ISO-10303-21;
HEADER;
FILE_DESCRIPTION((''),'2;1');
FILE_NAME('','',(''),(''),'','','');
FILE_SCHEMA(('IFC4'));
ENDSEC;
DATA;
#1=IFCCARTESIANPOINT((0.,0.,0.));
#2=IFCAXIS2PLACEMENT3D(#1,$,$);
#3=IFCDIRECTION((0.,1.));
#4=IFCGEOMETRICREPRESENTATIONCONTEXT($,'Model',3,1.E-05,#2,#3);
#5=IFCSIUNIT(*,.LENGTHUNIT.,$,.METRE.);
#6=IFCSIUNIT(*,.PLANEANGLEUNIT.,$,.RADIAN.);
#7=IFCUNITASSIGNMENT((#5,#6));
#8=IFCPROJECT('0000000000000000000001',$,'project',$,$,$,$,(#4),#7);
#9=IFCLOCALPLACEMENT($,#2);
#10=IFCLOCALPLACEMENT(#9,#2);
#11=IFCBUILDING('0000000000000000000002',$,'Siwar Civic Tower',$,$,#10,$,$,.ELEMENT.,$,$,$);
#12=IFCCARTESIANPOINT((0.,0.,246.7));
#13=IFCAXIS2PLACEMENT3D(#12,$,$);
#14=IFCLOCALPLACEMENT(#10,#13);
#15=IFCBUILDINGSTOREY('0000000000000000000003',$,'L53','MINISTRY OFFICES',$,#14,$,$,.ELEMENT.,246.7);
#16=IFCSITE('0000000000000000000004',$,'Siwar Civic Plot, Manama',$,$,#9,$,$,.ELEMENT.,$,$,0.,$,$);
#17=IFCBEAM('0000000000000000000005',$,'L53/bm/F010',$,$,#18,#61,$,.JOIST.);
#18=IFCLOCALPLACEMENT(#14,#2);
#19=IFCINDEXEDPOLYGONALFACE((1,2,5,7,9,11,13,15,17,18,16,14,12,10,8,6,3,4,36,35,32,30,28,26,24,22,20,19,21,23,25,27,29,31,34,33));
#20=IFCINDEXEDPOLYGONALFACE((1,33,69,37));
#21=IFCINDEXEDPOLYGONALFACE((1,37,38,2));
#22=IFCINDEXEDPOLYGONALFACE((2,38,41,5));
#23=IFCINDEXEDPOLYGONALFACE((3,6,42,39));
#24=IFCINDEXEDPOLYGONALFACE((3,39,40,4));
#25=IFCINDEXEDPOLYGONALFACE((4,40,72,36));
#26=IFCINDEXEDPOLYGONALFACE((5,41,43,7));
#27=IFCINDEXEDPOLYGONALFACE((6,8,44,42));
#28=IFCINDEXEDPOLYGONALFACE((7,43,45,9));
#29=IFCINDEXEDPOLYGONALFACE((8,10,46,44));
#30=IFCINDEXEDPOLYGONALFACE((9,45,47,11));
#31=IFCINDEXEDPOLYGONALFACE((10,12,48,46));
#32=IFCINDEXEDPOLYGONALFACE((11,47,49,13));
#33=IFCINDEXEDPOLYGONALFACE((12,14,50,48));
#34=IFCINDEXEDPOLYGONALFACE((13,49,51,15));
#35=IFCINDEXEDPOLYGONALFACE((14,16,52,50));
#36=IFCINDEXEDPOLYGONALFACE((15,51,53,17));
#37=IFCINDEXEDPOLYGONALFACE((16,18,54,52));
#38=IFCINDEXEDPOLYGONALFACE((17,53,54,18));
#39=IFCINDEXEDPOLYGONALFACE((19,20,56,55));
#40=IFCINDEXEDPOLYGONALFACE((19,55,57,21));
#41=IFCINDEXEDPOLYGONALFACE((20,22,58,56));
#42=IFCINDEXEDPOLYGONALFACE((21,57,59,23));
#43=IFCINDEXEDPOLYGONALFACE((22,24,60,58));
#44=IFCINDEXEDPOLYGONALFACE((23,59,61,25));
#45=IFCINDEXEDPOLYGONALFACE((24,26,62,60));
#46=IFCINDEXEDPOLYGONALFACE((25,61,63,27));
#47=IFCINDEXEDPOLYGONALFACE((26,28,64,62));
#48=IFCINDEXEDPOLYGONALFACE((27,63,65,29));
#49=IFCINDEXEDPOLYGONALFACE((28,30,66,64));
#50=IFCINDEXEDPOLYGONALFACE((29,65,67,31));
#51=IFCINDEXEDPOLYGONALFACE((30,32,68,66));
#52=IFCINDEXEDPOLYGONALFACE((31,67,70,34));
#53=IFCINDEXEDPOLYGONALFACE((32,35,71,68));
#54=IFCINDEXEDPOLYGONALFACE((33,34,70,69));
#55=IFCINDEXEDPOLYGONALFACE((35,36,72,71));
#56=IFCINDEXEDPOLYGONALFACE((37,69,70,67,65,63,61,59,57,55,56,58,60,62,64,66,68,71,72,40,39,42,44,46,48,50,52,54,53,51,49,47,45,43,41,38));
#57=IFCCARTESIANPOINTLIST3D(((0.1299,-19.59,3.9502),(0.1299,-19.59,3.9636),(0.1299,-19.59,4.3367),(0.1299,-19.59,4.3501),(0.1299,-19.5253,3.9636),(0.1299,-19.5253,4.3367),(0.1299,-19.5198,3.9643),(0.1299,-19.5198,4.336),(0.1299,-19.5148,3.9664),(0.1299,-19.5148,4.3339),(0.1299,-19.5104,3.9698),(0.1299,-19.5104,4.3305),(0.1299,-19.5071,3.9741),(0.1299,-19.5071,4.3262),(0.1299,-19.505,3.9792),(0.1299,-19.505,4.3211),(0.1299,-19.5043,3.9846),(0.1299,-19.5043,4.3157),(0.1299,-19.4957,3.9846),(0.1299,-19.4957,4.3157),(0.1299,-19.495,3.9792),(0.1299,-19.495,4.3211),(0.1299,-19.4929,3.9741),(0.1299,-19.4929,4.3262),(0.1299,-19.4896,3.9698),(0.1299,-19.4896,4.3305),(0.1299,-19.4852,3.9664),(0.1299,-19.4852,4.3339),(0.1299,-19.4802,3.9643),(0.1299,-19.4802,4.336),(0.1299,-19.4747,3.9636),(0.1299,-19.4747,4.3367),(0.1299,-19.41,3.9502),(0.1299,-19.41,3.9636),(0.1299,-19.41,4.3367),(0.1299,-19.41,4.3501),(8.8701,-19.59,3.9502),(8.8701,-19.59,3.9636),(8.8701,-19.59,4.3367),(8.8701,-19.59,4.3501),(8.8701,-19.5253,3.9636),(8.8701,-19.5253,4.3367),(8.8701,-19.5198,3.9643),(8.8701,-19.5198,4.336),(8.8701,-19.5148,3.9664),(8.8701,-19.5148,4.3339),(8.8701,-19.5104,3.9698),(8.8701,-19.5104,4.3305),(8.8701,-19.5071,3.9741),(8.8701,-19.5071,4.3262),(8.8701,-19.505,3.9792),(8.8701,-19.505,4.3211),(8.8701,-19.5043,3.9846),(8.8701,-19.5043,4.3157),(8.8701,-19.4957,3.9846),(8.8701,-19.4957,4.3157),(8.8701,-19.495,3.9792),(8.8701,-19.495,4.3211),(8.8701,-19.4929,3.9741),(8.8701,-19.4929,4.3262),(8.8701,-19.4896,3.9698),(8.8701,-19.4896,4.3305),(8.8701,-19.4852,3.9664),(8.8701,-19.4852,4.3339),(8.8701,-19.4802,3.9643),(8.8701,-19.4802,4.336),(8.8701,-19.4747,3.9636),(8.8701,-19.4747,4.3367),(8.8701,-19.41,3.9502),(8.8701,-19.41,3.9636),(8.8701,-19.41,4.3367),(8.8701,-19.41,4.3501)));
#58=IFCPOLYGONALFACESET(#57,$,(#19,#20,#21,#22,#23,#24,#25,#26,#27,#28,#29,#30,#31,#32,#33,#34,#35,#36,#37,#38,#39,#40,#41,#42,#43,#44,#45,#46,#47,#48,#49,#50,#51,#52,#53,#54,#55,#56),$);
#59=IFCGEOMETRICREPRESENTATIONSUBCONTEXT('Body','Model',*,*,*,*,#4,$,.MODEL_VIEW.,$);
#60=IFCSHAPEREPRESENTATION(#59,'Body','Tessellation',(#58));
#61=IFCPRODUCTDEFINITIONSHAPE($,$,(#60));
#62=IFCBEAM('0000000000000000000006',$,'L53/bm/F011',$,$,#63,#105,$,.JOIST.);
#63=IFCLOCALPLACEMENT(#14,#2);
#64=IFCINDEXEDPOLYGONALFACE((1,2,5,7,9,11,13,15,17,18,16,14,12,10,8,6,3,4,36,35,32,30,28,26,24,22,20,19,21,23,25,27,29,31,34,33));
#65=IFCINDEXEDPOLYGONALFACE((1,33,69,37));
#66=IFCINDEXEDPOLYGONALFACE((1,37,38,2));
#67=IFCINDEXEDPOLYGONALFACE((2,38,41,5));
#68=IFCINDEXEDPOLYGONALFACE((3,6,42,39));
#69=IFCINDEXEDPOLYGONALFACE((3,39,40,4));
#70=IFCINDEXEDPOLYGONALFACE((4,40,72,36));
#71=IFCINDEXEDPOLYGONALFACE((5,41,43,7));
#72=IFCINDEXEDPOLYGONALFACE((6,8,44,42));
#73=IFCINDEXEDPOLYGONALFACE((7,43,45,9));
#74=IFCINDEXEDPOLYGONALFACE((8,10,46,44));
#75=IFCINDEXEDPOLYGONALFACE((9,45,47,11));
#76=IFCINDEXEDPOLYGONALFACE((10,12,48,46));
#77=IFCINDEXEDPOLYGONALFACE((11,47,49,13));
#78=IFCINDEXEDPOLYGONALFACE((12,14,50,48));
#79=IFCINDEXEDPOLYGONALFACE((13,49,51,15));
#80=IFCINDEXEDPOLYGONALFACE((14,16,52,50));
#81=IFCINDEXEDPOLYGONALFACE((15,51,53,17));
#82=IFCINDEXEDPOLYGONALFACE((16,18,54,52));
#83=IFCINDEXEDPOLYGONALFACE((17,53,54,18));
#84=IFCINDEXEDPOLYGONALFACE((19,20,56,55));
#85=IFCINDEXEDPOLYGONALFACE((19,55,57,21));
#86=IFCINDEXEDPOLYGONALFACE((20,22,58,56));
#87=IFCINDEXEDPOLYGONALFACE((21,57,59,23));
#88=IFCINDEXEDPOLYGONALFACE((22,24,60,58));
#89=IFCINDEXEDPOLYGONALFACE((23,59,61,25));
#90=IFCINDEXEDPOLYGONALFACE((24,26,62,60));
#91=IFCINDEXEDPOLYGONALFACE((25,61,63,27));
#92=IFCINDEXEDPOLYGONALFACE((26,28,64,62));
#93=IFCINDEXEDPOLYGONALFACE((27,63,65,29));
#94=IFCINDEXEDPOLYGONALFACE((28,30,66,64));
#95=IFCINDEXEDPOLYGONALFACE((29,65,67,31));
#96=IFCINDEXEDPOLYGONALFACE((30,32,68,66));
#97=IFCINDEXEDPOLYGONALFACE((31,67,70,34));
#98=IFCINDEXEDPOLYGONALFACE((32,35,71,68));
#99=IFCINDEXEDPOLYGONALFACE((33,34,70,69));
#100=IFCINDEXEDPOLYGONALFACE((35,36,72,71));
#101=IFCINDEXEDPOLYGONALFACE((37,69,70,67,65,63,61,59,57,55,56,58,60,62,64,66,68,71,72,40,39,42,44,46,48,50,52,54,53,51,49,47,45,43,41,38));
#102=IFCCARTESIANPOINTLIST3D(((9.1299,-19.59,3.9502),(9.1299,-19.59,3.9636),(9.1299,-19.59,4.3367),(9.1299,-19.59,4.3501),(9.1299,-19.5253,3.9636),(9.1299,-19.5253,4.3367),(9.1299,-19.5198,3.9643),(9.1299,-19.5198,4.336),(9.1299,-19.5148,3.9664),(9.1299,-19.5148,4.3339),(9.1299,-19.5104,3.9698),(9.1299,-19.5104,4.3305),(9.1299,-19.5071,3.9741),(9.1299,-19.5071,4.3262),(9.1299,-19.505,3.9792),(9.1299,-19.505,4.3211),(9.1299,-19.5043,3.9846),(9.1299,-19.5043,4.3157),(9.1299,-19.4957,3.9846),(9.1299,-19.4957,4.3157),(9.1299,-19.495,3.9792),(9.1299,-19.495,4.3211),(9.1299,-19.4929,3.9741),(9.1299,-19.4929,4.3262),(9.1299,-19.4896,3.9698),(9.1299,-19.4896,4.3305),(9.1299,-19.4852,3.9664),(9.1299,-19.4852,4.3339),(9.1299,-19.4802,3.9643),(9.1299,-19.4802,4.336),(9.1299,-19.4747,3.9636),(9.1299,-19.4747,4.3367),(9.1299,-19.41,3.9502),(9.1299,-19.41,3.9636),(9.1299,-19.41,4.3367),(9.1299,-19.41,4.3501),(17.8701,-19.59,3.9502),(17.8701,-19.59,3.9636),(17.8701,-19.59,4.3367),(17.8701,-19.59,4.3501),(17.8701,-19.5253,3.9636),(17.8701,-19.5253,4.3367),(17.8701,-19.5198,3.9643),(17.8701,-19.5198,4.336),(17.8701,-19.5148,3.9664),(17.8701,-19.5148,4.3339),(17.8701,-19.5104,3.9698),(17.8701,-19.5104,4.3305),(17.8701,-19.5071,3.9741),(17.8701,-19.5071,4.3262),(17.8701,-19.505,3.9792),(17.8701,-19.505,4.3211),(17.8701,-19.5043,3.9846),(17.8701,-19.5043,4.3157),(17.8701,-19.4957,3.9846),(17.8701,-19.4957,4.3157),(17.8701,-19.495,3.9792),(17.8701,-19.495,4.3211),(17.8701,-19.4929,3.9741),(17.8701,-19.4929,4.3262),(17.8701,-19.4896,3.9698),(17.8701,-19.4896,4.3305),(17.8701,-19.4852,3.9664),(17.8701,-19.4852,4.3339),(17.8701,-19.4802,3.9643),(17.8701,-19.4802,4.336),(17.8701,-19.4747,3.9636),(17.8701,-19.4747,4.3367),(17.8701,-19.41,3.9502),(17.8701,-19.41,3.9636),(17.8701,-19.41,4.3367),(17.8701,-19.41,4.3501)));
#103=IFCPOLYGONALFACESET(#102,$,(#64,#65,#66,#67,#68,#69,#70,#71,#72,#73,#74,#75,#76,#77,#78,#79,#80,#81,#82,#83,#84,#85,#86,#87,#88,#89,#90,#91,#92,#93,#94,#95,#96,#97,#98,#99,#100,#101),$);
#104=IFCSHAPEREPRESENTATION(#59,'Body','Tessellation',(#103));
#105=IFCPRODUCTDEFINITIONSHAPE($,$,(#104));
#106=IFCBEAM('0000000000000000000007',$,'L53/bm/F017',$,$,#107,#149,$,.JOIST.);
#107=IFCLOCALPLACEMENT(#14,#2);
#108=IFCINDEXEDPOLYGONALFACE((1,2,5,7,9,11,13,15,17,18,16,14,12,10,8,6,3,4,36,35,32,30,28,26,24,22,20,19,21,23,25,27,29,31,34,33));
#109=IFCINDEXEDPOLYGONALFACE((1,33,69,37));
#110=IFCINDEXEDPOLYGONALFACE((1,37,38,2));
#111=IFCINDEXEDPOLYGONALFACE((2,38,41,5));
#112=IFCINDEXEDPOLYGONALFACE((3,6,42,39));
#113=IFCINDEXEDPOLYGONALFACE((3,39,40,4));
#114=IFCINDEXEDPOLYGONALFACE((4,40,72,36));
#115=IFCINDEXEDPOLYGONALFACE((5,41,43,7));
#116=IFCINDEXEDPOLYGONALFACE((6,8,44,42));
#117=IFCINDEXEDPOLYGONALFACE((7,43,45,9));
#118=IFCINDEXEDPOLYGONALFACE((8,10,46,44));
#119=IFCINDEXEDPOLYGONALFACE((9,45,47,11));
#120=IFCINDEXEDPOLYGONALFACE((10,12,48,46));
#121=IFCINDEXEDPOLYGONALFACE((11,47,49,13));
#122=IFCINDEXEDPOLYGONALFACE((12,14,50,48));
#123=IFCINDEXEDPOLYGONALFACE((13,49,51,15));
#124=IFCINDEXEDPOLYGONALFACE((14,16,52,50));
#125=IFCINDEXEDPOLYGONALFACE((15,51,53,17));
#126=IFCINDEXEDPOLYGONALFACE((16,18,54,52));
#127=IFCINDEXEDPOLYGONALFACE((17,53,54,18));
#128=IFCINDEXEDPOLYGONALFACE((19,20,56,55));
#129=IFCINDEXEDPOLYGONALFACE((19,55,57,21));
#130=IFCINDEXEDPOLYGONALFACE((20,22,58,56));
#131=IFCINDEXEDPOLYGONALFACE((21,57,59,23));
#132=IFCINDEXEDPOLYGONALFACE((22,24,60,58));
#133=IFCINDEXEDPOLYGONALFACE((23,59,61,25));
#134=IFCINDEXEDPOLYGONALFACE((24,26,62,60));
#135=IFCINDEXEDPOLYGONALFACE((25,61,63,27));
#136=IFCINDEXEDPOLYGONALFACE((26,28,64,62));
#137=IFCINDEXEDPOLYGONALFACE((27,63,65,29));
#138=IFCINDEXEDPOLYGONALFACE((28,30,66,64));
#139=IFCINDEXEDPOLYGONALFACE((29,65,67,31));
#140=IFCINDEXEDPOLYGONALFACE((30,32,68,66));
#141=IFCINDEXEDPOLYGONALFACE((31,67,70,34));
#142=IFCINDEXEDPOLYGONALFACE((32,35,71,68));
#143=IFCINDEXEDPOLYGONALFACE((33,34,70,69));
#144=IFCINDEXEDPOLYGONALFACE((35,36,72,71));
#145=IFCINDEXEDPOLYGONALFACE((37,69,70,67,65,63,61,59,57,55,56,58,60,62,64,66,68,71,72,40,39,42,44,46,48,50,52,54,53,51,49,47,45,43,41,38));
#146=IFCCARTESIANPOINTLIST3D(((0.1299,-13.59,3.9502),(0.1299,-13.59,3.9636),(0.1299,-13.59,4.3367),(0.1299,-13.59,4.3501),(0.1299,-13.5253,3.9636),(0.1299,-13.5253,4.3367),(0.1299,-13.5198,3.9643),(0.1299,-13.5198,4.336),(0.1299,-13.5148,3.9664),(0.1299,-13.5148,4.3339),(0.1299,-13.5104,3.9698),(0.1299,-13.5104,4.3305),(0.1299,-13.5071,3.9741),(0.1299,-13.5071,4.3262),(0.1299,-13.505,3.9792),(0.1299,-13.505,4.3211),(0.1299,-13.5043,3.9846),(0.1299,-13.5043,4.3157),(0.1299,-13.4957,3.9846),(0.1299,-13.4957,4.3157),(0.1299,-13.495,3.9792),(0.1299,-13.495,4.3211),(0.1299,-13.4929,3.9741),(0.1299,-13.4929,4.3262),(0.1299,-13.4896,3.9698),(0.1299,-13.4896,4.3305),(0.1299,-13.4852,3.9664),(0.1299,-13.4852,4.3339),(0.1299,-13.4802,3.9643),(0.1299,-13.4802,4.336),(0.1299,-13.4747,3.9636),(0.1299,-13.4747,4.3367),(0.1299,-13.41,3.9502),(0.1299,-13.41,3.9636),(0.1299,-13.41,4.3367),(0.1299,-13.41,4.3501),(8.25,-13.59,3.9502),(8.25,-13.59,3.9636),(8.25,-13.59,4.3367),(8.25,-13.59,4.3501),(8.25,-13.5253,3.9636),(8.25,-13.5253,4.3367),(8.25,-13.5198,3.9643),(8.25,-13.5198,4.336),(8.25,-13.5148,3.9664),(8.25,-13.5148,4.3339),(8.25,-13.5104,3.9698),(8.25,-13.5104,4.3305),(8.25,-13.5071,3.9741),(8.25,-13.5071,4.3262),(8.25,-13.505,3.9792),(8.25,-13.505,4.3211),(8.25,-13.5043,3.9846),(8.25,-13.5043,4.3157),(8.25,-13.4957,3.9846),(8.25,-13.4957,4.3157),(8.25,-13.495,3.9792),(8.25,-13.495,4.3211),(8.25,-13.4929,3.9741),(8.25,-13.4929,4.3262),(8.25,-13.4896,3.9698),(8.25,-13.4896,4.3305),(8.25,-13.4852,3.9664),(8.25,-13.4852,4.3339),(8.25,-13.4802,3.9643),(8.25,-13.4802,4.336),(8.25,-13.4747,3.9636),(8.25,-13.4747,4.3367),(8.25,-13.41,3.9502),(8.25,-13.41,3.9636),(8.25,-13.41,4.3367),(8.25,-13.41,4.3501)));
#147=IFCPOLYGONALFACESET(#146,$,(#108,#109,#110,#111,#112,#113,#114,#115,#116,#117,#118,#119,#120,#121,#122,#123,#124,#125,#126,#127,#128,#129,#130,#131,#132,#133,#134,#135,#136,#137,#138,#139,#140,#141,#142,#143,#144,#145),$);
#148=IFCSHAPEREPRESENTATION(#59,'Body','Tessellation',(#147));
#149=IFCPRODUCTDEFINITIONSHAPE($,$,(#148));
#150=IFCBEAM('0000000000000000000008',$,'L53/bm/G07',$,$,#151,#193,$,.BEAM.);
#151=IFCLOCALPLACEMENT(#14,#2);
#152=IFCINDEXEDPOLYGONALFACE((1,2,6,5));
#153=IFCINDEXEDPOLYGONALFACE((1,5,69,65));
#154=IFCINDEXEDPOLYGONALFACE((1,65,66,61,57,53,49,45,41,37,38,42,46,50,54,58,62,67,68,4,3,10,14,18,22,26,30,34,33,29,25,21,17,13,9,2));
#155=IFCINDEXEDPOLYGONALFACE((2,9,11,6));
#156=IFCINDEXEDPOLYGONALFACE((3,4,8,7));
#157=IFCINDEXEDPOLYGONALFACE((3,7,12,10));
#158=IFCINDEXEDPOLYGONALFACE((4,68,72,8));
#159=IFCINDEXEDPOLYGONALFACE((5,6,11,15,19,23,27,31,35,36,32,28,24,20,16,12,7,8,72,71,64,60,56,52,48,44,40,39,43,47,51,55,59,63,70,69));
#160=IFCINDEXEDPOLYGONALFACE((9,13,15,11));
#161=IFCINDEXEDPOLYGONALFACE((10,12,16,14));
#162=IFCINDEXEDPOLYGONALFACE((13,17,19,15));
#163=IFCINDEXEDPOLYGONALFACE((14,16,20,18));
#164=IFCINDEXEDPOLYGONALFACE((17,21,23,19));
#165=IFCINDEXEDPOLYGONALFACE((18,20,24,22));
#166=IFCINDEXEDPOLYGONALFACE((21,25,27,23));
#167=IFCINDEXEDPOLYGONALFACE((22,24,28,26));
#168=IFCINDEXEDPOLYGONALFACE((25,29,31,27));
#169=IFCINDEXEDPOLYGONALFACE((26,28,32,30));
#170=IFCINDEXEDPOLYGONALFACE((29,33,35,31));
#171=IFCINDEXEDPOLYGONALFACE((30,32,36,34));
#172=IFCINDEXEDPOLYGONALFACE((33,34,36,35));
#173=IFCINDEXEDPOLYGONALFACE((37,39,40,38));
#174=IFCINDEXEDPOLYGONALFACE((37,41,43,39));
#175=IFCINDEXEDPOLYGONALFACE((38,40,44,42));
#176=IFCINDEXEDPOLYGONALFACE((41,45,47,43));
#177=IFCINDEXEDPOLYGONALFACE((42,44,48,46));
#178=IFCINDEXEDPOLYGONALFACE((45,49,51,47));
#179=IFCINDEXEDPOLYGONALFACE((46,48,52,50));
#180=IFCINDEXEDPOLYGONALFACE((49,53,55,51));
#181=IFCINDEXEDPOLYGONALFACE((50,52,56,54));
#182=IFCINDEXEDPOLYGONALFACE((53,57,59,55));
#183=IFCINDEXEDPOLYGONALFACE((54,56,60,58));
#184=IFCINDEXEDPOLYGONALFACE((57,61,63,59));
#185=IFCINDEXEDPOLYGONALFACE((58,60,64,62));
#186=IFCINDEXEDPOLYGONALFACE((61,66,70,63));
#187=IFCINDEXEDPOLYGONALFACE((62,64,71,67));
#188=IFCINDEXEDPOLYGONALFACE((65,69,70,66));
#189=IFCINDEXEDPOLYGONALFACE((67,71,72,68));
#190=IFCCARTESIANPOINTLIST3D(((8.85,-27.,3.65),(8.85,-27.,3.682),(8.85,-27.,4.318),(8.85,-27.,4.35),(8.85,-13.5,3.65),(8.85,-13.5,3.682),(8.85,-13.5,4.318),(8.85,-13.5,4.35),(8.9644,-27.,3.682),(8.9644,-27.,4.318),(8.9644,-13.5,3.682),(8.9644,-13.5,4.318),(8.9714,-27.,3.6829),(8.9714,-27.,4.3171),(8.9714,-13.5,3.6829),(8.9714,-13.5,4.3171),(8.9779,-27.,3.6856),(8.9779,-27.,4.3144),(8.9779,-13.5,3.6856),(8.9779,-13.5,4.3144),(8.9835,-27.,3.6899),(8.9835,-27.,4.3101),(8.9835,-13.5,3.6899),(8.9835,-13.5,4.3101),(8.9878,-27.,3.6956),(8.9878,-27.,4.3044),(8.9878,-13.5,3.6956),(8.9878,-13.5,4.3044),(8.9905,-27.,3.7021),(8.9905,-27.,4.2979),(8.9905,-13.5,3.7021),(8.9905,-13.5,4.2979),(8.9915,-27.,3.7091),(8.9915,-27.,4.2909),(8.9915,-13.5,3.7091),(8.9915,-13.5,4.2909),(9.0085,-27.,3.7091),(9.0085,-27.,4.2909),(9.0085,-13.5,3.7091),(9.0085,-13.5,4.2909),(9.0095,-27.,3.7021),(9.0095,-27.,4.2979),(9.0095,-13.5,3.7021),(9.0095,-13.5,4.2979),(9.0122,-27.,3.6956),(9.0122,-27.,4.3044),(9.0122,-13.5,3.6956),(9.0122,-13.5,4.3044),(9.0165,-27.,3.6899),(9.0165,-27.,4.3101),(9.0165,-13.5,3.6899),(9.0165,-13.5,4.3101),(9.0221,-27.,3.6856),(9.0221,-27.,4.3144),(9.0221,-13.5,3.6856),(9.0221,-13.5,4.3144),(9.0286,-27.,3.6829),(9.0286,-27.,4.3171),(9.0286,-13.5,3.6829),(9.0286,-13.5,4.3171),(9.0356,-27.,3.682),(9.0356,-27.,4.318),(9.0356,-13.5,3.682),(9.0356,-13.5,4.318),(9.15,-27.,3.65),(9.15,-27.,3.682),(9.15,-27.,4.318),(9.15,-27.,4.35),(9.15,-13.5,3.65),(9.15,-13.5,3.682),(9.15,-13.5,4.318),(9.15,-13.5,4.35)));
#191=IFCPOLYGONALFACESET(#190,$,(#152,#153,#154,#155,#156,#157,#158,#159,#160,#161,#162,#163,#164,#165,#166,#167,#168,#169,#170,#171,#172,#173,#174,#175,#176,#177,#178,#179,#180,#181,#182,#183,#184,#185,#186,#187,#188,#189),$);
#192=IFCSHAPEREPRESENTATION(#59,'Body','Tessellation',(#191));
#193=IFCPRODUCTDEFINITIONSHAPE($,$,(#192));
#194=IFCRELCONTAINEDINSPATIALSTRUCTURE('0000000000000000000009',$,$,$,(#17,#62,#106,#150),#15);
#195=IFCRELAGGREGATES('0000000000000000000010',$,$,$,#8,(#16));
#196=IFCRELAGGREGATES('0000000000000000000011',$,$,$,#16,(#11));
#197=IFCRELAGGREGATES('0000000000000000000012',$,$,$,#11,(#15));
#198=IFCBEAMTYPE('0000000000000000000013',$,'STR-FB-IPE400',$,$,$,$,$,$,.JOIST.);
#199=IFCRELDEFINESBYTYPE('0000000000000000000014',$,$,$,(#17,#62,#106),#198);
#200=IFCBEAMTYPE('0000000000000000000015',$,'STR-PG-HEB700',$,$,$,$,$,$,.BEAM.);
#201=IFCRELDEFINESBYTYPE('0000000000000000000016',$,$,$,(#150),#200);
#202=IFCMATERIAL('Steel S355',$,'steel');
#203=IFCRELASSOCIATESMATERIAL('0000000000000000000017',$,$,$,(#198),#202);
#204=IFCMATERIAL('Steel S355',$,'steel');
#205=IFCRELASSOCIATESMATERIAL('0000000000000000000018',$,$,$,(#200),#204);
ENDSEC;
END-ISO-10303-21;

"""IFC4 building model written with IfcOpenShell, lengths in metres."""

from ifc_helpers import new_model, si_unit, direction, frame, origin, origin_2d, place, context, subcontext, project, spatial, i_section, extrude, material, material_profile, profile_set, type_object, element, save


model = new_model("IFC4")

# Units and contexts
model_context = context("Model", 3, precision=1e-05, world=origin(), true_north=direction((0.0, 1.0)))
body_context = subcontext(model_context, "Body", "Model", "MODEL_VIEW")
ifc_project = project(units=[si_unit("LENGTHUNIT", "METRE"), si_unit("PLANEANGLEUNIT", "RADIAN")], contexts=[model_context])

# Site, building, storey
site_placement = place(None, origin())
site = spatial("IfcSite", under=ifc_project, at=site_placement, Name="Siwar Civic Plot, Manama", CompositionType="ELEMENT", RefElevation=0.0)
building_placement = place(site_placement, origin())
building = spatial("IfcBuilding", under=site, at=building_placement, Name="Siwar Civic Tower", CompositionType="ELEMENT")
storey_placement = place(building_placement, frame((0.0, 0.0, 246.7)))
storey = spatial("IfcBuildingStorey", under=building, at=storey_placement, Name="L53", Description="MINISTRY OFFICES", CompositionType="ELEMENT", Elevation=246.7)

# Beams
ifc_material_1 = material(Name="Steel S355", Category="steel")
ifc_material_profile_1 = material_profile(ifc_material_1, i_section(OverallWidth=0.1799, OverallDepth=0.3999, WebThickness=0.0085, FlangeThickness=0.0134, FilletRadius=0.021, at=origin_2d()), Name="IPE400")
ifc_profile_set_1 = profile_set([ifc_material_profile_1], Name="Steel S355")
beam_type_1 = type_object("IfcBeamType", Name="STR-FB-IPE400", PredefinedType="JOIST", material=ifc_profile_set_1)
for number, where, z_axis, x_axis, name in (
    (1, (0.1299, -19.5, 4.1501), (1.0, 0.0, 0.0), (0.0, 1.0, 0.0), "L53/bm/F010"),
    (2, (9.1299, -19.5, 4.1501), (1.0, 0.0, 0.0), (0.0, 1.0, 0.0), "L53/bm/F011"),
):
    element("IfcBeam", number, at=place(storey_placement, frame(where, z_axis=z_axis, x_axis=x_axis)), inside=storey, type_object=beam_type_1, Name=name, PredefinedType="JOIST", context=body_context, shape_type="SweptSolid", body=[
        extrude(i_section(OverallWidth=0.1799, OverallDepth=0.3999, WebThickness=0.0085, FlangeThickness=0.0134, FilletRadius=0.021, at=origin_2d()), origin(), (0.0, 0.0, 1.0), 8.7402),
    ])
beam_1_placement = place(storey_placement, frame((0.1299, -13.5, 4.1501), z_axis=(1.0, 0.0, 0.0), x_axis=(0.0, 1.0, 0.0)))
element("IfcBeam", 3, at=beam_1_placement, inside=storey, type_object=beam_type_1, Name="L53/bm/F017", PredefinedType="JOIST", context=body_context, shape_type="SweptSolid", body=[
    extrude(i_section(OverallWidth=0.1799, OverallDepth=0.3999, WebThickness=0.0085, FlangeThickness=0.0134, FilletRadius=0.021, at=origin_2d()), origin(), (0.0, 0.0, 1.0), 8.1201),
])
ifc_material_2 = material(Name="Steel S355", Category="steel")
ifc_material_profile_2 = material_profile(ifc_material_2, i_section(OverallWidth=0.3, OverallDepth=0.7, WebThickness=0.0171, FlangeThickness=0.032, FilletRadius=0.0271, at=origin_2d()), Name="HEB700")
ifc_profile_set_2 = profile_set([ifc_material_profile_2], Name="Steel S355")
beam_type_2 = type_object("IfcBeamType", Name="STR-PG-HEB700", PredefinedType="BEAM", material=ifc_profile_set_2)
beam_2_placement = place(storey_placement, frame((9.0, -27.0, 4.0), z_axis=(0.0, 1.0, 0.0), x_axis=(-1.0, 0.0, 0.0)))
element("IfcBeam", 4, at=beam_2_placement, inside=storey, type_object=beam_type_2, Name="L53/bm/G07", PredefinedType="BEAM", context=body_context, shape_type="SweptSolid", body=[
    extrude(i_section(OverallWidth=0.3, OverallDepth=0.7, WebThickness=0.0171, FlangeThickness=0.032, FilletRadius=0.0271, at=origin_2d()), origin(), (0.0, 0.0, 1.0), 13.5),
])

save(model, "model.ifc")
